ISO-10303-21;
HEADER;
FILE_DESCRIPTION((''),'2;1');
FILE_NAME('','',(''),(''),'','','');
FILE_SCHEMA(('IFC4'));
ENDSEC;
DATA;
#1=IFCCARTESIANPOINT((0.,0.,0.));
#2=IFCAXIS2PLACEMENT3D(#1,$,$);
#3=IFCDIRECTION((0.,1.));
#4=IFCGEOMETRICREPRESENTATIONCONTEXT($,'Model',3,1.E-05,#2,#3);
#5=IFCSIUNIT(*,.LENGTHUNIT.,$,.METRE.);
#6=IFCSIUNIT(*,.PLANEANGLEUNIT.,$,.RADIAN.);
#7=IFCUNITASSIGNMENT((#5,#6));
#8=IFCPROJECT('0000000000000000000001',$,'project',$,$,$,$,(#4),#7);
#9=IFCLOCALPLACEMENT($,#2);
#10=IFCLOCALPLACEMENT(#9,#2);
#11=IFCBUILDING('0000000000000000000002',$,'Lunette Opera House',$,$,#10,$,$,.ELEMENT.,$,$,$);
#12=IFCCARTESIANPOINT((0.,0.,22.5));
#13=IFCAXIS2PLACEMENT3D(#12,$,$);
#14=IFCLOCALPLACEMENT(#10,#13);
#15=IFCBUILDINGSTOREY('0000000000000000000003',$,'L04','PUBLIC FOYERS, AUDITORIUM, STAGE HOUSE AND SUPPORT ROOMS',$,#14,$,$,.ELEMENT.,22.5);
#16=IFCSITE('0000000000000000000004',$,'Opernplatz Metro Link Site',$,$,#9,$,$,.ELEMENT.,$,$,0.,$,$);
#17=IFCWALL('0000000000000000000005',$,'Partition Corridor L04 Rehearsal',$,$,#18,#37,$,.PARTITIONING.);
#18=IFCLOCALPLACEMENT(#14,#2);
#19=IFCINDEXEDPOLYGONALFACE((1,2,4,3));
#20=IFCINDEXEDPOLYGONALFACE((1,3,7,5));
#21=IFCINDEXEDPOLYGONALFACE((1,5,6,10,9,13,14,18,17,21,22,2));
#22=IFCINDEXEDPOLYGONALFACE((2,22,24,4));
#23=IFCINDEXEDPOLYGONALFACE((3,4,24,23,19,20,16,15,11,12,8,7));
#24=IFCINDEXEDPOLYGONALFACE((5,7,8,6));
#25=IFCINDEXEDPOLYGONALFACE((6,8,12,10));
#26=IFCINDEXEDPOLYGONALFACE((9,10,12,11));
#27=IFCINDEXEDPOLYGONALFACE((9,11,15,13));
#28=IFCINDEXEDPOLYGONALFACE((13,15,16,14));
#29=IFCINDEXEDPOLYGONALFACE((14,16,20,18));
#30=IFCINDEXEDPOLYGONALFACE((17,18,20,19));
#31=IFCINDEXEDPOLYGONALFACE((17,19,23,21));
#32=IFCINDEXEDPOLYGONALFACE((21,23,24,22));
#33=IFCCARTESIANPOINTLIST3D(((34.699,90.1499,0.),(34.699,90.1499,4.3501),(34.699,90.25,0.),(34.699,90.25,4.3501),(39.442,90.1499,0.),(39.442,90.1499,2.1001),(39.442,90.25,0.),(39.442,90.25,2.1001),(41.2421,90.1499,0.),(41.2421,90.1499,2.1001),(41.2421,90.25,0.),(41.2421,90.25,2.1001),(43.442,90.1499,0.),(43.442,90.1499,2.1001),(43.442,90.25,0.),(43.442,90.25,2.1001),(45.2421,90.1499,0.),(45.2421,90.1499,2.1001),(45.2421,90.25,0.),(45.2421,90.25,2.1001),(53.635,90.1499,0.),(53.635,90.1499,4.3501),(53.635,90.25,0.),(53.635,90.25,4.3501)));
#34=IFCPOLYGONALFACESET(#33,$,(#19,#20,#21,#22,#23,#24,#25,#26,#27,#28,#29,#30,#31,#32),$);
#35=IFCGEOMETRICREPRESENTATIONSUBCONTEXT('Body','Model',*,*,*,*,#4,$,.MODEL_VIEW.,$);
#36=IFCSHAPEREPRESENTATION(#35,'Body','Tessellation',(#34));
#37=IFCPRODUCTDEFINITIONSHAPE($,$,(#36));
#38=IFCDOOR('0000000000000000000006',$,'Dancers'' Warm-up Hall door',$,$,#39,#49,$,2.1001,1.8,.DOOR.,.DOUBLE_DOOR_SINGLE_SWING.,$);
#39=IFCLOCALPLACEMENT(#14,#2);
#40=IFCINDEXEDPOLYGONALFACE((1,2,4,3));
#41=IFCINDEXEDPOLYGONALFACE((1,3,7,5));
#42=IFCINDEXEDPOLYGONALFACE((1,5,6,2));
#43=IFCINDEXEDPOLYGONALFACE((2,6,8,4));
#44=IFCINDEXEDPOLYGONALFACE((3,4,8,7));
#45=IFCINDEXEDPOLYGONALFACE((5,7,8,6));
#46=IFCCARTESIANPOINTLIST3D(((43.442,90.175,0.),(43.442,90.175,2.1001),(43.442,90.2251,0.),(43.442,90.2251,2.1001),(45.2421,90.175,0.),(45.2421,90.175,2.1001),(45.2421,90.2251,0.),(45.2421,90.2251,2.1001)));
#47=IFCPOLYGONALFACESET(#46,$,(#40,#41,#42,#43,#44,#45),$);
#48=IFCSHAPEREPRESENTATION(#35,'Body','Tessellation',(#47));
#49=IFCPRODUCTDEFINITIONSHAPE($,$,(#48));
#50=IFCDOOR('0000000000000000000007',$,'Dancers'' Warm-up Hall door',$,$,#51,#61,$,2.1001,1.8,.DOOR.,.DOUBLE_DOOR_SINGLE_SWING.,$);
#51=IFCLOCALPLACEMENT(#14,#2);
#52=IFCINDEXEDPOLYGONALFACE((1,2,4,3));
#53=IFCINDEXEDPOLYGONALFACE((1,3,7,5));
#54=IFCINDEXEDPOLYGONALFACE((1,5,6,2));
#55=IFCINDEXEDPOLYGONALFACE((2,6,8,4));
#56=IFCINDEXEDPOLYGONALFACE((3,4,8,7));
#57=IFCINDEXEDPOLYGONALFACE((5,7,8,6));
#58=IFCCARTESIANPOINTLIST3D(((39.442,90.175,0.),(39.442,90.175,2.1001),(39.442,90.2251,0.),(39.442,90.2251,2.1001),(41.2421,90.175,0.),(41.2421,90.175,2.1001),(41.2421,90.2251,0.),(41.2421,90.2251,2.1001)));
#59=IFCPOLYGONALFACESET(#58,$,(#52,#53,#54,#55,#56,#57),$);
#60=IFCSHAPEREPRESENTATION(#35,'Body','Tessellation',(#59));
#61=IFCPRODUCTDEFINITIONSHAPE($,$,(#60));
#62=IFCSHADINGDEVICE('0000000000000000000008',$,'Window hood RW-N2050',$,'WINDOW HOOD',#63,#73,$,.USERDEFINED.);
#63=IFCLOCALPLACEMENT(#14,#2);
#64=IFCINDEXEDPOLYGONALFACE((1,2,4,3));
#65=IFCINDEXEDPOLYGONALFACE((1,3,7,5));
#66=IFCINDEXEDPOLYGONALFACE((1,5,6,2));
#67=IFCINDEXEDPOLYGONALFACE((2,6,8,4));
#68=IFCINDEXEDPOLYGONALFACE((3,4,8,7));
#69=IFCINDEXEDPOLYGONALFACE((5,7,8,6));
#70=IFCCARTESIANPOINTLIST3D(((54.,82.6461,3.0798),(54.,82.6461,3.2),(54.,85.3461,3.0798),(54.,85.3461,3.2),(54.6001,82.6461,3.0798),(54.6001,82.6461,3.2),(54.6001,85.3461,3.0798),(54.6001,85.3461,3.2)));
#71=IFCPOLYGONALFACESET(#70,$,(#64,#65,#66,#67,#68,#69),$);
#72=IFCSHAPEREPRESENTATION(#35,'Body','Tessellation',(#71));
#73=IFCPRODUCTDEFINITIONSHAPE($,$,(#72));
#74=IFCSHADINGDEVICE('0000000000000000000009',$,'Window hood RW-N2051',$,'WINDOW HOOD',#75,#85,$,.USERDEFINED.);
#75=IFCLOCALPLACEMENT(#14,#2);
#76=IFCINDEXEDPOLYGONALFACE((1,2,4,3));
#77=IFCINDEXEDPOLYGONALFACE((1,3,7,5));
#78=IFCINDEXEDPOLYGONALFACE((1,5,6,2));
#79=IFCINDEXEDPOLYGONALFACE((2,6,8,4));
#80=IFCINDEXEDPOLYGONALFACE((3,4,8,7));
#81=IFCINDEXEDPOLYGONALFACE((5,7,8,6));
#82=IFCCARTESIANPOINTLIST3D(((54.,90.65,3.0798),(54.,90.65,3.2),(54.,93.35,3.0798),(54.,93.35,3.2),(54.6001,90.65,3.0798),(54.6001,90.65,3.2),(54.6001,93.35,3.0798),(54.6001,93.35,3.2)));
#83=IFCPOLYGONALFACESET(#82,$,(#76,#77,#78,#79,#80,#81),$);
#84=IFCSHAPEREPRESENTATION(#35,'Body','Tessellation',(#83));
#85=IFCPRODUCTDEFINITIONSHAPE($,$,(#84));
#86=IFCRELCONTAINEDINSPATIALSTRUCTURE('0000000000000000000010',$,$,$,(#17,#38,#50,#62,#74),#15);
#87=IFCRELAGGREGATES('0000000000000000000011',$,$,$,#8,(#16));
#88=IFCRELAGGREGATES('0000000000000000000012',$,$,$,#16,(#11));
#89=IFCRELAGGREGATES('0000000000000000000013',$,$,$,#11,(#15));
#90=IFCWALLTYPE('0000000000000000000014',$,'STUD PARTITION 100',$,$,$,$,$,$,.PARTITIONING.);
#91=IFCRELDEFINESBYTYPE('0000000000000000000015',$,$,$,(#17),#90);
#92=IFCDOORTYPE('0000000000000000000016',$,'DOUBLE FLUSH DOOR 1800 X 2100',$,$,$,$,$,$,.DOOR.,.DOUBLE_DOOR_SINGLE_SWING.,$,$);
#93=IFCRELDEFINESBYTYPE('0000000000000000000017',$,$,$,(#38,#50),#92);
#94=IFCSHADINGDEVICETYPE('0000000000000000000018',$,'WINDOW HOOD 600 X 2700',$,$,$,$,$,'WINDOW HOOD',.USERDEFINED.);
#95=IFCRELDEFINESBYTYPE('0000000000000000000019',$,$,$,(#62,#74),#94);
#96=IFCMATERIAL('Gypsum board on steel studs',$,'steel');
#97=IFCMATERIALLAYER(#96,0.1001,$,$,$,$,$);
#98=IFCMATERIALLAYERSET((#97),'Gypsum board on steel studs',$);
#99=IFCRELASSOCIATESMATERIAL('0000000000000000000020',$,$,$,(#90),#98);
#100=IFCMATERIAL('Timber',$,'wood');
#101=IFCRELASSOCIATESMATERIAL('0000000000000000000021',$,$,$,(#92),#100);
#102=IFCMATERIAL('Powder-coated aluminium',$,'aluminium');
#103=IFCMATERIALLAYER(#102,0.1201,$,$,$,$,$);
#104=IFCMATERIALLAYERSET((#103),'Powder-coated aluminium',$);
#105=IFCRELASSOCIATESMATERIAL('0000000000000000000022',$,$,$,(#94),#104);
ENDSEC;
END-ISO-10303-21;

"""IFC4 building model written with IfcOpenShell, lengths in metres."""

from ifc_helpers import new_model, si_unit, direction, frame, frame_2d, origin, origin_2d, place, context, subcontext, project, spatial, rectangle, extrude, material, layer, layer_set, type_object, element, fill, save


model = new_model("IFC4")

# Units and contexts
model_context = context("Model", 3, precision=1e-05, world=origin(), true_north=direction((0.0, 1.0)))
body_context = subcontext(model_context, "Body", "Model", "MODEL_VIEW")
ifc_project = project(units=[si_unit("LENGTHUNIT", "METRE"), si_unit("PLANEANGLEUNIT", "RADIAN")], contexts=[model_context])

# Site, building, storey
site_placement = place(None, origin())
site = spatial("IfcSite", under=ifc_project, at=site_placement, Name="Opernplatz Metro Link Site", CompositionType="ELEMENT", RefElevation=0.0)
building_placement = place(site_placement, origin())
building = spatial("IfcBuilding", under=site, at=building_placement, Name="Lunette Opera House", CompositionType="ELEMENT")
storey_placement = place(building_placement, frame((0.0, 0.0, 22.5)))
storey = spatial("IfcBuildingStorey", under=building, at=storey_placement, Name="L04", Description="PUBLIC FOYERS, AUDITORIUM, STAGE HOUSE AND SUPPORT ROOMS", CompositionType="ELEMENT", Elevation=22.5)

# Shared definitions
ifc_material_1 = material(Name="Gypsum board on steel studs", Category="steel")
ifc_layer_1 = layer(ifc_material_1, 0.1001)
ifc_layer_set_1 = layer_set([ifc_layer_1], Name="Gypsum board on steel studs")
wall_type_1 = type_object("IfcWallType", Name="STUD PARTITION 100", PredefinedType="PARTITIONING", material=ifc_layer_set_1)
ifc_material_2 = material(Name="Timber", Category="wood")
door_type = type_object("IfcDoorType", Name="DOUBLE FLUSH DOOR 1800 X 2100", OperationType="DOUBLE_DOOR_SINGLE_SWING", PredefinedType="DOOR", material=ifc_material_2)

# Wall, openings, doors
wall_1_placement = place(storey_placement, frame((53.635, 90.2, 0.0), z_axis=(0.0, 0.0, 1.0), x_axis=(-1.0, 0.0, 0.0)))
wall_1 = element("IfcWall", 1, at=wall_1_placement, inside=storey, type_object=wall_type_1, Name="Partition Corridor L04 Rehearsal", PredefinedType="PARTITIONING", context=body_context, shape_type="SweptSolid", body=[
    extrude(rectangle(XDim=18.936, YDim=0.1001, at=frame_2d((9.468, 0.0))), origin(), (0.0, 0.0, 1.0), 4.3501),
])
opening_1_placement = place(wall_1_placement, frame((8.3931, 0.0, 0.0)))
opening_1 = element("IfcOpeningElement", 2, at=opening_1_placement, cuts=wall_1, PredefinedType="OPENING", context=body_context, shape_type="SweptSolid", body=[
    extrude(rectangle(XDim=1.8, YDim=2.1001, at=frame_2d((0.8999, 1.05))), frame((0.0, 0.062, 0.0), z_axis=(0.0, -1.0, 0.0), x_axis=(1.0, 0.0, 0.0)), (0.0, 0.0, 1.0), 0.124),
])
opening_2_placement = place(wall_1_placement, frame((12.3931, 0.0, 0.0)))
opening_2 = element("IfcOpeningElement", 3, at=opening_2_placement, cuts=wall_1, PredefinedType="OPENING", context=body_context, shape_type="SweptSolid", body=[
    extrude(rectangle(XDim=1.8, YDim=2.1001, at=frame_2d((0.8999, 1.05))), frame((0.0, 0.062, 0.0), z_axis=(0.0, -1.0, 0.0), x_axis=(1.0, 0.0, 0.0)), (0.0, 0.0, 1.0), 0.124),
])
door_1_placement = place(opening_1_placement, origin())
door_1 = element("IfcDoor", 4, at=door_1_placement, inside=storey, type_object=door_type, Name="Dancers' Warm-up Hall door", OperationType="DOUBLE_DOOR_SINGLE_SWING", OverallHeight=2.1001, OverallWidth=1.8, PredefinedType="DOOR", context=body_context, shape_type="SweptSolid", body=[
    extrude(rectangle(XDim=1.8, YDim=2.1001, at=frame_2d((0.8999, 1.05))), frame((0.0, 0.0249, 0.0), z_axis=(0.0, -1.0, 0.0), x_axis=(1.0, 0.0, 0.0)), (0.0, 0.0, 1.0), 0.05),
])
fill(opening_1, door_1)
door_2_placement = place(opening_2_placement, origin())
door_2 = element("IfcDoor", 5, at=door_2_placement, inside=storey, type_object=door_type, Name="Dancers' Warm-up Hall door", OperationType="DOUBLE_DOOR_SINGLE_SWING", OverallHeight=2.1001, OverallWidth=1.8, PredefinedType="DOOR", context=body_context, shape_type="SweptSolid", body=[
    extrude(rectangle(XDim=1.8, YDim=2.1001, at=frame_2d((0.8999, 1.05))), frame((0.0, 0.0249, 0.0), z_axis=(0.0, -1.0, 0.0), x_axis=(1.0, 0.0, 0.0)), (0.0, 0.0, 1.0), 0.05),
])
fill(opening_2, door_2)

# Shading devices
ifc_material_3 = material(Name="Powder-coated aluminium", Category="aluminium")
ifc_layer_2 = layer(ifc_material_3, 0.1201)
ifc_layer_set_2 = layer_set([ifc_layer_2], Name="Powder-coated aluminium")
shading_device_type = type_object("IfcShadingDeviceType", Name="WINDOW HOOD 600 X 2700", ElementType="WINDOW HOOD", PredefinedType="USERDEFINED", material=ifc_layer_set_2)
for number, where, z_axis, x_axis, name in (
    (6, (54.3, 83.9961, 3.0798), (0.0, 0.0, 1.0), (1.0, 0.0, 0.0), "Window hood RW-N2050"),
    (7, (54.3, 92.0, 3.0798), (0.0, 0.0, 1.0), (1.0, 0.0, 0.0), "Window hood RW-N2051"),
):
    element("IfcShadingDevice", number, at=place(storey_placement, frame(where, z_axis=z_axis, x_axis=x_axis)), inside=storey, type_object=shading_device_type, Name=name, ObjectType="WINDOW HOOD", PredefinedType="USERDEFINED", context=body_context, shape_type="SweptSolid", body=[
        extrude(rectangle(XDim=0.6001, YDim=2.7, at=origin_2d()), origin(), (0.0, 0.0, 1.0), 0.1201),
    ])

save(model, "model.ifc")
